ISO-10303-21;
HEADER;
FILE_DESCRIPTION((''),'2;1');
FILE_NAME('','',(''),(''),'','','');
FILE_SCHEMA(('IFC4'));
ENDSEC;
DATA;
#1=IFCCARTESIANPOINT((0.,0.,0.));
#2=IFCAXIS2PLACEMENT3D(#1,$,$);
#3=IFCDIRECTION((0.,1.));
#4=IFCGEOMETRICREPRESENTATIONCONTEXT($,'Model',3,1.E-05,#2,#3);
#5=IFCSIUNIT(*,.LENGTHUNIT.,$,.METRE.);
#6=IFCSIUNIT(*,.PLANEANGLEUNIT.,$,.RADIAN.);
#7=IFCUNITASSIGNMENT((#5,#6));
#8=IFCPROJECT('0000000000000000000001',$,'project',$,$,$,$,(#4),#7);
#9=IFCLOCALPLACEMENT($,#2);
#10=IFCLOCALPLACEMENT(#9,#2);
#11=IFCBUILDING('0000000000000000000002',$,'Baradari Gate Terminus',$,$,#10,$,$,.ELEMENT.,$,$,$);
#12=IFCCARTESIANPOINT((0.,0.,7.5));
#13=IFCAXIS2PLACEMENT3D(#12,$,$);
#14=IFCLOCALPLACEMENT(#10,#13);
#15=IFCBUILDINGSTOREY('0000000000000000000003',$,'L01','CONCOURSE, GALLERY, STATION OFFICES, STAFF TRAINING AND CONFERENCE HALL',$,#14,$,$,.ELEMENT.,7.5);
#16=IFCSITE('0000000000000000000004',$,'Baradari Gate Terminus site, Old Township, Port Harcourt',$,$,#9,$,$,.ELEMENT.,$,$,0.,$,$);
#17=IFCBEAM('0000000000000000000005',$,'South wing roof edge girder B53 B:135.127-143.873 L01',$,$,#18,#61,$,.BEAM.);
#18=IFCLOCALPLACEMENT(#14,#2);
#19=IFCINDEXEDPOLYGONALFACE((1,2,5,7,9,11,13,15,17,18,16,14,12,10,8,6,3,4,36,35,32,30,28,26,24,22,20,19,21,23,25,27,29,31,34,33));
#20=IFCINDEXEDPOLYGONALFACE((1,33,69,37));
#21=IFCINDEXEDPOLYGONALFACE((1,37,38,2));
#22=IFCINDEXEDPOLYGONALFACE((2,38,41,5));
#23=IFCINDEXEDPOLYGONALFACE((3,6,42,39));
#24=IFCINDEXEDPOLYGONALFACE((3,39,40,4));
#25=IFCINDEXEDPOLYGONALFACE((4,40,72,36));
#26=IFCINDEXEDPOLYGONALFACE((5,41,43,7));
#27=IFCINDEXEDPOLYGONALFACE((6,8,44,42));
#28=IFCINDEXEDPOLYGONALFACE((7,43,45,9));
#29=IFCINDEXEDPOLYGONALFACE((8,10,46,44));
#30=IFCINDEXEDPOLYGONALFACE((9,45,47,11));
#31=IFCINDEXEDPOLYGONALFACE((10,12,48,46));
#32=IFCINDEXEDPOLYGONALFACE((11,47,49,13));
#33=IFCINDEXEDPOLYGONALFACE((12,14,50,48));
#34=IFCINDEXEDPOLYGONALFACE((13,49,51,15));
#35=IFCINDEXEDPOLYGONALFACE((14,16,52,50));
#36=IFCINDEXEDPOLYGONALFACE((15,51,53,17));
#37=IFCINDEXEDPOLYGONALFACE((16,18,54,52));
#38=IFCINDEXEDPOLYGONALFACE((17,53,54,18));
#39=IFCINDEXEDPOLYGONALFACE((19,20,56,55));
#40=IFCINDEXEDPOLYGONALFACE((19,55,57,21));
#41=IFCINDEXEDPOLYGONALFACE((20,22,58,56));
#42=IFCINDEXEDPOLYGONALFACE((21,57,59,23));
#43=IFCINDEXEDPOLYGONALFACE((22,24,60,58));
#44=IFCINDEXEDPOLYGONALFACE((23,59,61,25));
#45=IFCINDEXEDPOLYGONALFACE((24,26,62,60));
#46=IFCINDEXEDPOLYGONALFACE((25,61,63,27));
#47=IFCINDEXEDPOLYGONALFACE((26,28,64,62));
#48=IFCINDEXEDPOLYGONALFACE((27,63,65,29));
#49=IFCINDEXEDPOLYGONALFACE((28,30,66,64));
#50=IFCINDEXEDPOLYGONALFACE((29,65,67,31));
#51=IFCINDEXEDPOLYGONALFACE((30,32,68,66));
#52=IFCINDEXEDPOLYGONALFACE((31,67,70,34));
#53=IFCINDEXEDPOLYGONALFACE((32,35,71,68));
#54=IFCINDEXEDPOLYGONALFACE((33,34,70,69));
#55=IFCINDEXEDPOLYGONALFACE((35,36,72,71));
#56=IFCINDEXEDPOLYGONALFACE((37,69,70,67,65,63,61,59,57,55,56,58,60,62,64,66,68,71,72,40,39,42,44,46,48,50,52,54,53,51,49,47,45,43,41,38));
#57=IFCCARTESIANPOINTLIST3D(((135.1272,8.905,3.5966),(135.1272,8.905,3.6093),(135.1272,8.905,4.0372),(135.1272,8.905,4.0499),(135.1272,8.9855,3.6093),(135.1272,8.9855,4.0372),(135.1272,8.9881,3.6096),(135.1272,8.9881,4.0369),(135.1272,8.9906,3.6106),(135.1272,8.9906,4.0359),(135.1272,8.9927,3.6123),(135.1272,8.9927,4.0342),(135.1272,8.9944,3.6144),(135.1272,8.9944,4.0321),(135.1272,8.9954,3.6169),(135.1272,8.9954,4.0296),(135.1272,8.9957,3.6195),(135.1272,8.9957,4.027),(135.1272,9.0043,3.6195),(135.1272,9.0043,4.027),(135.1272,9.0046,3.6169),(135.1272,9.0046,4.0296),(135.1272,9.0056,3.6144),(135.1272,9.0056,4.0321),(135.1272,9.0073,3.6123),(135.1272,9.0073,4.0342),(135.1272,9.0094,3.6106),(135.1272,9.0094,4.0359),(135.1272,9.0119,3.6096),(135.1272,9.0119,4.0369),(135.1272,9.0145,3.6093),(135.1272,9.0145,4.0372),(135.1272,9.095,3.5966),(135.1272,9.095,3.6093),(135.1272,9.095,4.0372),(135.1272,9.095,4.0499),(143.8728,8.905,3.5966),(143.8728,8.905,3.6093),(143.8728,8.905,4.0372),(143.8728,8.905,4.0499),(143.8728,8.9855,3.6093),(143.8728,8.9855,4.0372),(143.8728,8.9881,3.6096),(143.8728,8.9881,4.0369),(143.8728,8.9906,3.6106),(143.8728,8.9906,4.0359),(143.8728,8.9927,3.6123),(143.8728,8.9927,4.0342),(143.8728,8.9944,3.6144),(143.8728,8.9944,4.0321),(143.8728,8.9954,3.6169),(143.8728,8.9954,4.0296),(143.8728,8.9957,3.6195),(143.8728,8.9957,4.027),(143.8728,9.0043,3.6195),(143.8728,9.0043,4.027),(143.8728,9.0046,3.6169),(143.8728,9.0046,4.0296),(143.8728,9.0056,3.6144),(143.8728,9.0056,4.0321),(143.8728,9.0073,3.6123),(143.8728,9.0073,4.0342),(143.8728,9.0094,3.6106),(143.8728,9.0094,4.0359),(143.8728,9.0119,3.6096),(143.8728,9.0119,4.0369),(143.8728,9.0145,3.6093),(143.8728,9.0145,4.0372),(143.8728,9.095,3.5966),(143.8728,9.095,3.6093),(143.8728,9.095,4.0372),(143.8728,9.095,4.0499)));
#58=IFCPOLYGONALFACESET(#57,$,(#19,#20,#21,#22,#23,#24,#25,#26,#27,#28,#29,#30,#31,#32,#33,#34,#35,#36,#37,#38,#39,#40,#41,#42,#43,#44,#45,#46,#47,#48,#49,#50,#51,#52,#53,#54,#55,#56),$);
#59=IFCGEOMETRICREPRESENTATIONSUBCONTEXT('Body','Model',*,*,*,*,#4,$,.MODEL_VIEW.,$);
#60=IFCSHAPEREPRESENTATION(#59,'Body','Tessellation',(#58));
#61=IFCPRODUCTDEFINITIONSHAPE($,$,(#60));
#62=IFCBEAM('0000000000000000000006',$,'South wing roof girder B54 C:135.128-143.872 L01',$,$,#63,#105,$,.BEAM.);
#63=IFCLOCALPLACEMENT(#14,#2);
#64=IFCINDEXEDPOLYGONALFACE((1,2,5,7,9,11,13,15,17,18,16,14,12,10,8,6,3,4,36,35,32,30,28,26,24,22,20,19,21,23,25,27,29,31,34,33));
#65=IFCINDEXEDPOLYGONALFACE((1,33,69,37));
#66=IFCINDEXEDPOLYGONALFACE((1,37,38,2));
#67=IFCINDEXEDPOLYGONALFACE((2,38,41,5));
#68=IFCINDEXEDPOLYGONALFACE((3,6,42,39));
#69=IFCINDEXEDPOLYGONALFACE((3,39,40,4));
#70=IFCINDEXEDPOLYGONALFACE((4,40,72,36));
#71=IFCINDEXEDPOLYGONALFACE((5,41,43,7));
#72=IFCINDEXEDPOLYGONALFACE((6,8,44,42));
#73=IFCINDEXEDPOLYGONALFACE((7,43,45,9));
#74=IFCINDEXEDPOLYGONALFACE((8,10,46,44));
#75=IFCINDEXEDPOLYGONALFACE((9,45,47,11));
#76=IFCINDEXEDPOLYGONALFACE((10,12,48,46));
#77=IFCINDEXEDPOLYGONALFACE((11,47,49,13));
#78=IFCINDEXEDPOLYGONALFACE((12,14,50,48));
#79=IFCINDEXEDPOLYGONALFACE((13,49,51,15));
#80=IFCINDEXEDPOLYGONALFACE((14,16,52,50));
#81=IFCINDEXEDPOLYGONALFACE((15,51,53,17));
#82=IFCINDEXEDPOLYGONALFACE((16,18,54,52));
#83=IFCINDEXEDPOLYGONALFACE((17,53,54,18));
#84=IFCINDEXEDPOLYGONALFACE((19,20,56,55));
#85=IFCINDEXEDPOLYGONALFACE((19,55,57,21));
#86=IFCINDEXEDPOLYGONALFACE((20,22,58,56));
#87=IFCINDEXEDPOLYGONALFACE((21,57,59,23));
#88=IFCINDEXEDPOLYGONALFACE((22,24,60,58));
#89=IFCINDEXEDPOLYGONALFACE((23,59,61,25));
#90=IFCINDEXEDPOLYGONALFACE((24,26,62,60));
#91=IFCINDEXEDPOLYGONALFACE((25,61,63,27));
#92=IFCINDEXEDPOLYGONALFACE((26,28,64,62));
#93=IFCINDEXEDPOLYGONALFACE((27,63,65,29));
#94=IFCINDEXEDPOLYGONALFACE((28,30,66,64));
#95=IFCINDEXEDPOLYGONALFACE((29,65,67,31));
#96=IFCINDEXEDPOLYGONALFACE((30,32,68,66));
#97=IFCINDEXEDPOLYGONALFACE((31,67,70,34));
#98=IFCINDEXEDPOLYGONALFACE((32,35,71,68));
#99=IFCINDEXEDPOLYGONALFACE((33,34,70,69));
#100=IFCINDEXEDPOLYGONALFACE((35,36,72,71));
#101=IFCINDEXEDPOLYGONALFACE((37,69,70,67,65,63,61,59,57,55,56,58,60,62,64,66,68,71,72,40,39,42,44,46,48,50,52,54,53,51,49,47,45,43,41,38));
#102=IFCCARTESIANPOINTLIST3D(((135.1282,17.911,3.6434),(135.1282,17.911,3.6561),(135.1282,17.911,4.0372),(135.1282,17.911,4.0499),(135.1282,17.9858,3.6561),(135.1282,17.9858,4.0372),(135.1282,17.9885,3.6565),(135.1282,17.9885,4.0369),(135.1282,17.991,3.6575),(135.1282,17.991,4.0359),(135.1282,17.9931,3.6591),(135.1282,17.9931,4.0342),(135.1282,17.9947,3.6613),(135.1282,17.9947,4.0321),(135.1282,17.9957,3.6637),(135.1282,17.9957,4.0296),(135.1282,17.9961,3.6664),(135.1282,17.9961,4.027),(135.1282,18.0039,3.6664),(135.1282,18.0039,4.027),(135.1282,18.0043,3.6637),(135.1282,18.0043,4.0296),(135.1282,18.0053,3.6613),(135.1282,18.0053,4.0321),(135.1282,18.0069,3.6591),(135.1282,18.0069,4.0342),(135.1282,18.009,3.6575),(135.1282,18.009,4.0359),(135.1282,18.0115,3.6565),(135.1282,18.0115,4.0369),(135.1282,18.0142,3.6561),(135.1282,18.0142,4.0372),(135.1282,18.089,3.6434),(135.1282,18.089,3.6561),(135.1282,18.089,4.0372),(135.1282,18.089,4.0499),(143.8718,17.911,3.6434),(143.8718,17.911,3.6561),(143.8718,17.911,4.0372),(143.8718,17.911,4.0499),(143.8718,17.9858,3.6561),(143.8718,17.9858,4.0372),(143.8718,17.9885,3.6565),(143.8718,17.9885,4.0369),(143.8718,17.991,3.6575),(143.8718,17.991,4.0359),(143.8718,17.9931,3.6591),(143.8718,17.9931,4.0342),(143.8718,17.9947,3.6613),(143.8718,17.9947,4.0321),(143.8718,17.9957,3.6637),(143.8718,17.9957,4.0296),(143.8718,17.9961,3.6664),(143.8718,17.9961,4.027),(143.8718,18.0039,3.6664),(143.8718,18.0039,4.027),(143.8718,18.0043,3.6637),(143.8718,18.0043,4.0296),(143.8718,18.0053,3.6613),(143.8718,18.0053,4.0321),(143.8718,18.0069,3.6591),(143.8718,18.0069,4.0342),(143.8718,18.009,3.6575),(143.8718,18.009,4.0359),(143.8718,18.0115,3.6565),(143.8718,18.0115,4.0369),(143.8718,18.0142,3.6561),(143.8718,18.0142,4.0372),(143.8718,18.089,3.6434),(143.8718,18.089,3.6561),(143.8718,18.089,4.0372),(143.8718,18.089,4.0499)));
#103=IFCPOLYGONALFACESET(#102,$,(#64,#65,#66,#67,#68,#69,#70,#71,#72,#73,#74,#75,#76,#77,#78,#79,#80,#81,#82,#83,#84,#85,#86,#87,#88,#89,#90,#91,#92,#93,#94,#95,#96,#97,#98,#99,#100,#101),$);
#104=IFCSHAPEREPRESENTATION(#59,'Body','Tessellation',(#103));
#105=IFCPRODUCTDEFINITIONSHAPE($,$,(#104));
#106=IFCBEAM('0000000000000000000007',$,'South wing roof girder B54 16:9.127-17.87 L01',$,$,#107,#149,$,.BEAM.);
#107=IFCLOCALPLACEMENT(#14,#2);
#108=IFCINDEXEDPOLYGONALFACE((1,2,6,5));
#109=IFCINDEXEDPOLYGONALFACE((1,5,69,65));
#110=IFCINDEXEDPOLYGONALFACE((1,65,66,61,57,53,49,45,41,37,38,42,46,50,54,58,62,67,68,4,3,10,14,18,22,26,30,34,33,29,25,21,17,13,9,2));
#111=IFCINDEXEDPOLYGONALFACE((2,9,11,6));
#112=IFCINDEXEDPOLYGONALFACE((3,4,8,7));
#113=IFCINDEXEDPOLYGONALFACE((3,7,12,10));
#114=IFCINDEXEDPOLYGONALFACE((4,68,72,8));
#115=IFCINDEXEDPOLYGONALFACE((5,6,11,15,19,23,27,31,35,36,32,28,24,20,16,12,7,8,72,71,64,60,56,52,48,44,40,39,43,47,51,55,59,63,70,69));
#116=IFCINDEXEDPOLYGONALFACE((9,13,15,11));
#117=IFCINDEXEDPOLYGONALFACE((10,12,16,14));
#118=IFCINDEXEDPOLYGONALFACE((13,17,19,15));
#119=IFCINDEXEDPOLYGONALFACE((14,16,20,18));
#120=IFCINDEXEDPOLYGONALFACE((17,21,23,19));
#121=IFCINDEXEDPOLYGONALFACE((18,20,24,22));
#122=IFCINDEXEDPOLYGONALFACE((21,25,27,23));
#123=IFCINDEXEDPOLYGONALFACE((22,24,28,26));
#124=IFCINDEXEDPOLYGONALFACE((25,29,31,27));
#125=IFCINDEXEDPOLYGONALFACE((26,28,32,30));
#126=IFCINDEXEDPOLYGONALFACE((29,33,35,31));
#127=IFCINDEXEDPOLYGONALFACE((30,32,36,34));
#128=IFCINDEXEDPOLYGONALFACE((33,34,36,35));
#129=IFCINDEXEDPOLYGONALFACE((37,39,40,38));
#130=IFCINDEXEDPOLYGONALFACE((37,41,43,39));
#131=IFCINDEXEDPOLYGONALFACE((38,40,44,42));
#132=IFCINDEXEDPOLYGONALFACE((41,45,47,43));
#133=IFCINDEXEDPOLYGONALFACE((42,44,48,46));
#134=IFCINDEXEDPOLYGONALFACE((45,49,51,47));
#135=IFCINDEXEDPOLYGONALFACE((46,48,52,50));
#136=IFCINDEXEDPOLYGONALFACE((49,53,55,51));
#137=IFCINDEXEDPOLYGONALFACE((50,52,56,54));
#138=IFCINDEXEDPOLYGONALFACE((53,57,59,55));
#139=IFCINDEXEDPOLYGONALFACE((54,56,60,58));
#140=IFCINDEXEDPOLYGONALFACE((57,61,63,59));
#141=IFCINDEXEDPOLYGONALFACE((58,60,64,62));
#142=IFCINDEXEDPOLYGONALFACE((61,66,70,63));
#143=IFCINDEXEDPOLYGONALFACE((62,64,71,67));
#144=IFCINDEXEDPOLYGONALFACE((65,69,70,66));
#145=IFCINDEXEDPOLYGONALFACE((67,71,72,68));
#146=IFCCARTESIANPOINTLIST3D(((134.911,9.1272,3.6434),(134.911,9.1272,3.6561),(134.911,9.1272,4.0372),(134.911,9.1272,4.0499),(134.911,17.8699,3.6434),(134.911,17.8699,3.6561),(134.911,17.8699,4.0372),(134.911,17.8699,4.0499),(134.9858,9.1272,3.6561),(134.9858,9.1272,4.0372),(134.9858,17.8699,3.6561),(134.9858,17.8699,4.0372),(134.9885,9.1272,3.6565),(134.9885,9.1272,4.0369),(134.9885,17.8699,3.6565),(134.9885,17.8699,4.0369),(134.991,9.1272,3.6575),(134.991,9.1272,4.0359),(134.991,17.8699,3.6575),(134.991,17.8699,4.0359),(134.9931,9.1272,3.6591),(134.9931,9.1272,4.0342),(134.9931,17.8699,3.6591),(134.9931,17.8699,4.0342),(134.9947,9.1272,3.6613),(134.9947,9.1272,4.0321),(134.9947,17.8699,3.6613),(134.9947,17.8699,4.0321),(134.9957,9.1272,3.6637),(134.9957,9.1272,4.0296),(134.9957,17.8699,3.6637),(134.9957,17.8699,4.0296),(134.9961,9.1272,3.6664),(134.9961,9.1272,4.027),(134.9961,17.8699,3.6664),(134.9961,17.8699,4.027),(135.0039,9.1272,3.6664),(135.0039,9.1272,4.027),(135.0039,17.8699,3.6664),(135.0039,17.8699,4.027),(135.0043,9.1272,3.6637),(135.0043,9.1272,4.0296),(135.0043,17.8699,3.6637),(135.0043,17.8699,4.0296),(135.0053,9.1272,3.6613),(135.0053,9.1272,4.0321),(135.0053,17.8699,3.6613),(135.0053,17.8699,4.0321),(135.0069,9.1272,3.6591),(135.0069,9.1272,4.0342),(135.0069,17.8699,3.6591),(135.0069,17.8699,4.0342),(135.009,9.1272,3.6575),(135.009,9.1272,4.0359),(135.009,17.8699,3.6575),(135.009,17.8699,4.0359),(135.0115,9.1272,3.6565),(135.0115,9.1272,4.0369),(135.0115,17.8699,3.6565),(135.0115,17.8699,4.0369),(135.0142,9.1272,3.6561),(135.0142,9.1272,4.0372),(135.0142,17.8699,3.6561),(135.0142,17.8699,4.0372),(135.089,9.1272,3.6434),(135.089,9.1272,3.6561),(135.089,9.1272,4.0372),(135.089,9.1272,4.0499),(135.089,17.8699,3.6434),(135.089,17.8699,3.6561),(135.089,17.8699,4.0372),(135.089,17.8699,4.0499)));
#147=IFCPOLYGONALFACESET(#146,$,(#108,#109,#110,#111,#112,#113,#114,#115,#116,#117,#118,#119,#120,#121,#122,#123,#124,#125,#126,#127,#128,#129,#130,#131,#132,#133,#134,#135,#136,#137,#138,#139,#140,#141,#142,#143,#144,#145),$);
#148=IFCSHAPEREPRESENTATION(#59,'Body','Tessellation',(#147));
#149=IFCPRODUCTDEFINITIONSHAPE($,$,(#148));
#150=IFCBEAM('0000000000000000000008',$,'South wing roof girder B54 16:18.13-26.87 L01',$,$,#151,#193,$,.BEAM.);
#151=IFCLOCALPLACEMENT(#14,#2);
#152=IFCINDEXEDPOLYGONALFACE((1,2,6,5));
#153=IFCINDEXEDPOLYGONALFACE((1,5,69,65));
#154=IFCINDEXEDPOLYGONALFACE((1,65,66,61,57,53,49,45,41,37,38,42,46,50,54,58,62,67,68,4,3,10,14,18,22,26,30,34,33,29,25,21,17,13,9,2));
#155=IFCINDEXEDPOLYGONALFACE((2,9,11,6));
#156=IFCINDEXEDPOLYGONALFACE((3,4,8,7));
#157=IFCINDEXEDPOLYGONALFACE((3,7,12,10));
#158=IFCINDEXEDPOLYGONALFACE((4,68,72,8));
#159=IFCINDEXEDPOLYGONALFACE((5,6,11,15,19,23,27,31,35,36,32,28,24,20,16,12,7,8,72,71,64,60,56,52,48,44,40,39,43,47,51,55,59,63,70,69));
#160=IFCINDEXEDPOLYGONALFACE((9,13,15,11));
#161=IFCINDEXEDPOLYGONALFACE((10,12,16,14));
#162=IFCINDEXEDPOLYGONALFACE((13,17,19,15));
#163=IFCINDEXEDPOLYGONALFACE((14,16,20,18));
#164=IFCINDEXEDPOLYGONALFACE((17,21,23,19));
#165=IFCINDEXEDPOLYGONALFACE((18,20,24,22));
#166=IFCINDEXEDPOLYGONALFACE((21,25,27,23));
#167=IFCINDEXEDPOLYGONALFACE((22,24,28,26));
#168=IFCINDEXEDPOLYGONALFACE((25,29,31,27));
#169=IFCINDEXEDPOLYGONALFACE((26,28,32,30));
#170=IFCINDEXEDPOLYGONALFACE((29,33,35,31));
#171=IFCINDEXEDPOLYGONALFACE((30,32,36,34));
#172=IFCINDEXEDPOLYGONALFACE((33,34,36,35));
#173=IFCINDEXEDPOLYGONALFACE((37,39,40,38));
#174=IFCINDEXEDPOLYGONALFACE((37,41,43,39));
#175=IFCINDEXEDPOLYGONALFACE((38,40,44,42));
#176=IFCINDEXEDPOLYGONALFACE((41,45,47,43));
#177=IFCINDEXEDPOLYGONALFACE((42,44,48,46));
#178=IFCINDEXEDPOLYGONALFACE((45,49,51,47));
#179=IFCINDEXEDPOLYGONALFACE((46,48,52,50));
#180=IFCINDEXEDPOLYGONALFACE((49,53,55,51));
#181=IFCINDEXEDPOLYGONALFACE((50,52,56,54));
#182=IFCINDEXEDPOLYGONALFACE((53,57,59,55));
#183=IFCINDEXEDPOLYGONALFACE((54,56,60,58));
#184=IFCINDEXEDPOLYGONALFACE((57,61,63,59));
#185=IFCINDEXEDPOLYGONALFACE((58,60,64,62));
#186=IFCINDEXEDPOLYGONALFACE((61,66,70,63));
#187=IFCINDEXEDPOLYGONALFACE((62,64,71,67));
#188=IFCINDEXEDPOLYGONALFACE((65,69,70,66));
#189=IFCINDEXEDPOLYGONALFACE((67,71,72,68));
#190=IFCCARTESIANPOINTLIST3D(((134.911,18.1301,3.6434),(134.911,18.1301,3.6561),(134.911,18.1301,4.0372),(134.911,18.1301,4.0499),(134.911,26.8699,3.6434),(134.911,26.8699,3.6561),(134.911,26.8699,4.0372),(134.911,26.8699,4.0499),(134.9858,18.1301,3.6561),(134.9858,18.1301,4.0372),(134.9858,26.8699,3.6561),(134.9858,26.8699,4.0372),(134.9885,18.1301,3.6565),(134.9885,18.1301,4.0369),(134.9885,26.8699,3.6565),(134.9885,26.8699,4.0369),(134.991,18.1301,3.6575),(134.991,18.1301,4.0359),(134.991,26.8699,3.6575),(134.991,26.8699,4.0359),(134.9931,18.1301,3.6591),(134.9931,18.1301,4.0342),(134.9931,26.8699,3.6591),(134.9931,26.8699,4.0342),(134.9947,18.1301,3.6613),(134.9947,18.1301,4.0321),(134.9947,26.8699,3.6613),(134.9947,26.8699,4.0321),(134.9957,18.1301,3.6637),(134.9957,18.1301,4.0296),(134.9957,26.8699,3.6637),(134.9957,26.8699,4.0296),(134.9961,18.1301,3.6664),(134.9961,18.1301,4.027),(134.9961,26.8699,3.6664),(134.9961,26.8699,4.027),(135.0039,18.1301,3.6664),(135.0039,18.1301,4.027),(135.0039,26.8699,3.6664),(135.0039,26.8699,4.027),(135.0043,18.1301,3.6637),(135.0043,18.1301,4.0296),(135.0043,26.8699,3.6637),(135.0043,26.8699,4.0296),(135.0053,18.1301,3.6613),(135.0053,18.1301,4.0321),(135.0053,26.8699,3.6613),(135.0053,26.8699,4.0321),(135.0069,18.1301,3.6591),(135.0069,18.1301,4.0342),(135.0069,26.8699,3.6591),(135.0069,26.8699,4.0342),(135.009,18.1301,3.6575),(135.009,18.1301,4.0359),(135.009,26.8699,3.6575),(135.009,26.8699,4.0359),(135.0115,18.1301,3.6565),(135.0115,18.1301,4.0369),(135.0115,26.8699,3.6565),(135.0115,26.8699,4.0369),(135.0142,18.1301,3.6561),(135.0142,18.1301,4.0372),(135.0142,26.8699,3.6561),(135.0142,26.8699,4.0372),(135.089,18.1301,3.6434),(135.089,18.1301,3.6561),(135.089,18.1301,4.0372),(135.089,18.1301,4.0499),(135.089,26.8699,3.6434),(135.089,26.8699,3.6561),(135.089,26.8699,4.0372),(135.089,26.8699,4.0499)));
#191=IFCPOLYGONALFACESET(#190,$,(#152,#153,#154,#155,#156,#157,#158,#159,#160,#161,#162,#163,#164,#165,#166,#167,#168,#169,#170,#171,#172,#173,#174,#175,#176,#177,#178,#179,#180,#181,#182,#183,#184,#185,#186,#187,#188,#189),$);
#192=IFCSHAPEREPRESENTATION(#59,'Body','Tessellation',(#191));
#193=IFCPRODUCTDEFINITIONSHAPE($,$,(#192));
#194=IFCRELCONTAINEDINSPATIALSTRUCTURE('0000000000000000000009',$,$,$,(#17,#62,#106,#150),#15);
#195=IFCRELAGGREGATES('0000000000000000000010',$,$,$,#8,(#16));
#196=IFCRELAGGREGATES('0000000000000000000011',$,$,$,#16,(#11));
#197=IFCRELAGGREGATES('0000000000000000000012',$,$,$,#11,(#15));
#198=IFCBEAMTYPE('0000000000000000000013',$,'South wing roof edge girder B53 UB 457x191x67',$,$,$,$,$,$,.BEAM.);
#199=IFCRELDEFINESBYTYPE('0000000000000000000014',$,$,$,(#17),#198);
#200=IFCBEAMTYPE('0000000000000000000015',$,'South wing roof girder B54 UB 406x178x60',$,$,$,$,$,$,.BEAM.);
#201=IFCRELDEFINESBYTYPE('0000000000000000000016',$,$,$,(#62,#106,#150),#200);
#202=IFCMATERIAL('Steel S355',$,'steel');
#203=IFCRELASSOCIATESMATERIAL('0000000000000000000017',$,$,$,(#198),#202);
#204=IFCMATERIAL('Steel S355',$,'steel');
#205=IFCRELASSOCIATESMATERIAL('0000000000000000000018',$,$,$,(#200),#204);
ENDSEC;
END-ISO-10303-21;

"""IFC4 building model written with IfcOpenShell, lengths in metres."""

from ifc_helpers import new_model, si_unit, direction, frame, origin, origin_2d, place, context, subcontext, project, spatial, i_section, extrude, material, material_profile, profile_set, type_object, element, save


model = new_model("IFC4")

# Units and contexts
model_context = context("Model", 3, precision=1e-05, world=origin(), true_north=direction((0.0, 1.0)))
body_context = subcontext(model_context, "Body", "Model", "MODEL_VIEW")
ifc_project = project(units=[si_unit("LENGTHUNIT", "METRE"), si_unit("PLANEANGLEUNIT", "RADIAN")], contexts=[model_context])

# Site, building, storey
site_placement = place(None, origin())
site = spatial("IfcSite", under=ifc_project, at=site_placement, Name="Baradari Gate Terminus site, Old Township, Port Harcourt", CompositionType="ELEMENT", RefElevation=0.0)
building_placement = place(site_placement, origin())
building = spatial("IfcBuilding", under=site, at=building_placement, Name="Baradari Gate Terminus", CompositionType="ELEMENT")
storey_placement = place(building_placement, frame((0.0, 0.0, 7.5)))
storey = spatial("IfcBuildingStorey", under=building, at=storey_placement, Name="L01", Description="CONCOURSE, GALLERY, STATION OFFICES, STAFF TRAINING AND CONFERENCE HALL", CompositionType="ELEMENT", Elevation=7.5)

# Beams
ifc_material_1 = material(Name="Steel S355", Category="steel")
ifc_material_profile_1 = material_profile(ifc_material_1, i_section(OverallWidth=0.1899, OverallDepth=0.4534, WebThickness=0.0085, FlangeThickness=0.0127, FilletRadius=0.0103, at=origin_2d()), Name="UB 457x191x67")
ifc_profile_set_1 = profile_set([ifc_material_profile_1], Name="Steel S355")
beam_type_1 = type_object("IfcBeamType", Name="South wing roof edge girder B53 UB 457x191x67", PredefinedType="BEAM", material=ifc_profile_set_1)
beam_1_placement = place(storey_placement, frame((135.1272, 9.0, 3.8232), z_axis=(1.0, 0.0, 0.0), x_axis=(0.0, 1.0, 0.0)))
element("IfcBeam", 1, at=beam_1_placement, inside=storey, type_object=beam_type_1, Name="South wing roof edge girder B53 B:135.127-143.873 L01", PredefinedType="BEAM", context=body_context, shape_type="SweptSolid", body=[
    extrude(i_section(OverallWidth=0.1899, OverallDepth=0.4534, WebThickness=0.0085, FlangeThickness=0.0127, FilletRadius=0.0103, at=origin_2d()), origin(), (0.0, 0.0, 1.0), 8.7456),
])
ifc_material_2 = material(Name="Steel S355", Category="steel")
ifc_material_profile_2 = material_profile(ifc_material_2, i_section(OverallWidth=0.178, OverallDepth=0.4065, WebThickness=0.0078, FlangeThickness=0.0127, FilletRadius=0.0103, at=origin_2d()), Name="UB 406x178x60")
ifc_profile_set_2 = profile_set([ifc_material_profile_2], Name="Steel S355")
beam_type_2 = type_object("IfcBeamType", Name="South wing roof girder B54 UB 406x178x60", PredefinedType="BEAM", material=ifc_profile_set_2)
beam_2_placement = place(storey_placement, frame((135.1282, 18.0, 3.8467), z_axis=(1.0, 0.0, 0.0), x_axis=(0.0, 1.0, 0.0)))
element("IfcBeam", 2, at=beam_2_placement, inside=storey, type_object=beam_type_2, Name="South wing roof girder B54 C:135.128-143.872 L01", PredefinedType="BEAM", context=body_context, shape_type="SweptSolid", body=[
    extrude(i_section(OverallWidth=0.178, OverallDepth=0.4065, WebThickness=0.0078, FlangeThickness=0.0127, FilletRadius=0.0103, at=origin_2d()), origin(), (0.0, 0.0, 1.0), 8.7437),
])
beam_3_placement = place(storey_placement, frame((135.0, 9.1272, 3.8467), z_axis=(0.0, 1.0, 0.0), x_axis=(-1.0, 0.0, 0.0)))
element("IfcBeam", 3, at=beam_3_placement, inside=storey, type_object=beam_type_2, Name="South wing roof girder B54 16:9.127-17.87 L01", PredefinedType="BEAM", context=body_context, shape_type="SweptSolid", body=[
    extrude(i_section(OverallWidth=0.178, OverallDepth=0.4065, WebThickness=0.0078, FlangeThickness=0.0127, FilletRadius=0.0103, at=origin_2d()), origin(), (0.0, 0.0, 1.0), 8.7427),
])
beam_4_placement = place(storey_placement, frame((135.0, 18.1301, 3.8467), z_axis=(0.0, 1.0, 0.0), x_axis=(-1.0, 0.0, 0.0)))
element("IfcBeam", 4, at=beam_4_placement, inside=storey, type_object=beam_type_2, Name="South wing roof girder B54 16:18.13-26.87 L01", PredefinedType="BEAM", context=body_context, shape_type="SweptSolid", body=[
    extrude(i_section(OverallWidth=0.178, OverallDepth=0.4065, WebThickness=0.0078, FlangeThickness=0.0127, FilletRadius=0.0103, at=origin_2d()), origin(), (0.0, 0.0, 1.0), 8.7397),
])

save(model, "model.ifc")
